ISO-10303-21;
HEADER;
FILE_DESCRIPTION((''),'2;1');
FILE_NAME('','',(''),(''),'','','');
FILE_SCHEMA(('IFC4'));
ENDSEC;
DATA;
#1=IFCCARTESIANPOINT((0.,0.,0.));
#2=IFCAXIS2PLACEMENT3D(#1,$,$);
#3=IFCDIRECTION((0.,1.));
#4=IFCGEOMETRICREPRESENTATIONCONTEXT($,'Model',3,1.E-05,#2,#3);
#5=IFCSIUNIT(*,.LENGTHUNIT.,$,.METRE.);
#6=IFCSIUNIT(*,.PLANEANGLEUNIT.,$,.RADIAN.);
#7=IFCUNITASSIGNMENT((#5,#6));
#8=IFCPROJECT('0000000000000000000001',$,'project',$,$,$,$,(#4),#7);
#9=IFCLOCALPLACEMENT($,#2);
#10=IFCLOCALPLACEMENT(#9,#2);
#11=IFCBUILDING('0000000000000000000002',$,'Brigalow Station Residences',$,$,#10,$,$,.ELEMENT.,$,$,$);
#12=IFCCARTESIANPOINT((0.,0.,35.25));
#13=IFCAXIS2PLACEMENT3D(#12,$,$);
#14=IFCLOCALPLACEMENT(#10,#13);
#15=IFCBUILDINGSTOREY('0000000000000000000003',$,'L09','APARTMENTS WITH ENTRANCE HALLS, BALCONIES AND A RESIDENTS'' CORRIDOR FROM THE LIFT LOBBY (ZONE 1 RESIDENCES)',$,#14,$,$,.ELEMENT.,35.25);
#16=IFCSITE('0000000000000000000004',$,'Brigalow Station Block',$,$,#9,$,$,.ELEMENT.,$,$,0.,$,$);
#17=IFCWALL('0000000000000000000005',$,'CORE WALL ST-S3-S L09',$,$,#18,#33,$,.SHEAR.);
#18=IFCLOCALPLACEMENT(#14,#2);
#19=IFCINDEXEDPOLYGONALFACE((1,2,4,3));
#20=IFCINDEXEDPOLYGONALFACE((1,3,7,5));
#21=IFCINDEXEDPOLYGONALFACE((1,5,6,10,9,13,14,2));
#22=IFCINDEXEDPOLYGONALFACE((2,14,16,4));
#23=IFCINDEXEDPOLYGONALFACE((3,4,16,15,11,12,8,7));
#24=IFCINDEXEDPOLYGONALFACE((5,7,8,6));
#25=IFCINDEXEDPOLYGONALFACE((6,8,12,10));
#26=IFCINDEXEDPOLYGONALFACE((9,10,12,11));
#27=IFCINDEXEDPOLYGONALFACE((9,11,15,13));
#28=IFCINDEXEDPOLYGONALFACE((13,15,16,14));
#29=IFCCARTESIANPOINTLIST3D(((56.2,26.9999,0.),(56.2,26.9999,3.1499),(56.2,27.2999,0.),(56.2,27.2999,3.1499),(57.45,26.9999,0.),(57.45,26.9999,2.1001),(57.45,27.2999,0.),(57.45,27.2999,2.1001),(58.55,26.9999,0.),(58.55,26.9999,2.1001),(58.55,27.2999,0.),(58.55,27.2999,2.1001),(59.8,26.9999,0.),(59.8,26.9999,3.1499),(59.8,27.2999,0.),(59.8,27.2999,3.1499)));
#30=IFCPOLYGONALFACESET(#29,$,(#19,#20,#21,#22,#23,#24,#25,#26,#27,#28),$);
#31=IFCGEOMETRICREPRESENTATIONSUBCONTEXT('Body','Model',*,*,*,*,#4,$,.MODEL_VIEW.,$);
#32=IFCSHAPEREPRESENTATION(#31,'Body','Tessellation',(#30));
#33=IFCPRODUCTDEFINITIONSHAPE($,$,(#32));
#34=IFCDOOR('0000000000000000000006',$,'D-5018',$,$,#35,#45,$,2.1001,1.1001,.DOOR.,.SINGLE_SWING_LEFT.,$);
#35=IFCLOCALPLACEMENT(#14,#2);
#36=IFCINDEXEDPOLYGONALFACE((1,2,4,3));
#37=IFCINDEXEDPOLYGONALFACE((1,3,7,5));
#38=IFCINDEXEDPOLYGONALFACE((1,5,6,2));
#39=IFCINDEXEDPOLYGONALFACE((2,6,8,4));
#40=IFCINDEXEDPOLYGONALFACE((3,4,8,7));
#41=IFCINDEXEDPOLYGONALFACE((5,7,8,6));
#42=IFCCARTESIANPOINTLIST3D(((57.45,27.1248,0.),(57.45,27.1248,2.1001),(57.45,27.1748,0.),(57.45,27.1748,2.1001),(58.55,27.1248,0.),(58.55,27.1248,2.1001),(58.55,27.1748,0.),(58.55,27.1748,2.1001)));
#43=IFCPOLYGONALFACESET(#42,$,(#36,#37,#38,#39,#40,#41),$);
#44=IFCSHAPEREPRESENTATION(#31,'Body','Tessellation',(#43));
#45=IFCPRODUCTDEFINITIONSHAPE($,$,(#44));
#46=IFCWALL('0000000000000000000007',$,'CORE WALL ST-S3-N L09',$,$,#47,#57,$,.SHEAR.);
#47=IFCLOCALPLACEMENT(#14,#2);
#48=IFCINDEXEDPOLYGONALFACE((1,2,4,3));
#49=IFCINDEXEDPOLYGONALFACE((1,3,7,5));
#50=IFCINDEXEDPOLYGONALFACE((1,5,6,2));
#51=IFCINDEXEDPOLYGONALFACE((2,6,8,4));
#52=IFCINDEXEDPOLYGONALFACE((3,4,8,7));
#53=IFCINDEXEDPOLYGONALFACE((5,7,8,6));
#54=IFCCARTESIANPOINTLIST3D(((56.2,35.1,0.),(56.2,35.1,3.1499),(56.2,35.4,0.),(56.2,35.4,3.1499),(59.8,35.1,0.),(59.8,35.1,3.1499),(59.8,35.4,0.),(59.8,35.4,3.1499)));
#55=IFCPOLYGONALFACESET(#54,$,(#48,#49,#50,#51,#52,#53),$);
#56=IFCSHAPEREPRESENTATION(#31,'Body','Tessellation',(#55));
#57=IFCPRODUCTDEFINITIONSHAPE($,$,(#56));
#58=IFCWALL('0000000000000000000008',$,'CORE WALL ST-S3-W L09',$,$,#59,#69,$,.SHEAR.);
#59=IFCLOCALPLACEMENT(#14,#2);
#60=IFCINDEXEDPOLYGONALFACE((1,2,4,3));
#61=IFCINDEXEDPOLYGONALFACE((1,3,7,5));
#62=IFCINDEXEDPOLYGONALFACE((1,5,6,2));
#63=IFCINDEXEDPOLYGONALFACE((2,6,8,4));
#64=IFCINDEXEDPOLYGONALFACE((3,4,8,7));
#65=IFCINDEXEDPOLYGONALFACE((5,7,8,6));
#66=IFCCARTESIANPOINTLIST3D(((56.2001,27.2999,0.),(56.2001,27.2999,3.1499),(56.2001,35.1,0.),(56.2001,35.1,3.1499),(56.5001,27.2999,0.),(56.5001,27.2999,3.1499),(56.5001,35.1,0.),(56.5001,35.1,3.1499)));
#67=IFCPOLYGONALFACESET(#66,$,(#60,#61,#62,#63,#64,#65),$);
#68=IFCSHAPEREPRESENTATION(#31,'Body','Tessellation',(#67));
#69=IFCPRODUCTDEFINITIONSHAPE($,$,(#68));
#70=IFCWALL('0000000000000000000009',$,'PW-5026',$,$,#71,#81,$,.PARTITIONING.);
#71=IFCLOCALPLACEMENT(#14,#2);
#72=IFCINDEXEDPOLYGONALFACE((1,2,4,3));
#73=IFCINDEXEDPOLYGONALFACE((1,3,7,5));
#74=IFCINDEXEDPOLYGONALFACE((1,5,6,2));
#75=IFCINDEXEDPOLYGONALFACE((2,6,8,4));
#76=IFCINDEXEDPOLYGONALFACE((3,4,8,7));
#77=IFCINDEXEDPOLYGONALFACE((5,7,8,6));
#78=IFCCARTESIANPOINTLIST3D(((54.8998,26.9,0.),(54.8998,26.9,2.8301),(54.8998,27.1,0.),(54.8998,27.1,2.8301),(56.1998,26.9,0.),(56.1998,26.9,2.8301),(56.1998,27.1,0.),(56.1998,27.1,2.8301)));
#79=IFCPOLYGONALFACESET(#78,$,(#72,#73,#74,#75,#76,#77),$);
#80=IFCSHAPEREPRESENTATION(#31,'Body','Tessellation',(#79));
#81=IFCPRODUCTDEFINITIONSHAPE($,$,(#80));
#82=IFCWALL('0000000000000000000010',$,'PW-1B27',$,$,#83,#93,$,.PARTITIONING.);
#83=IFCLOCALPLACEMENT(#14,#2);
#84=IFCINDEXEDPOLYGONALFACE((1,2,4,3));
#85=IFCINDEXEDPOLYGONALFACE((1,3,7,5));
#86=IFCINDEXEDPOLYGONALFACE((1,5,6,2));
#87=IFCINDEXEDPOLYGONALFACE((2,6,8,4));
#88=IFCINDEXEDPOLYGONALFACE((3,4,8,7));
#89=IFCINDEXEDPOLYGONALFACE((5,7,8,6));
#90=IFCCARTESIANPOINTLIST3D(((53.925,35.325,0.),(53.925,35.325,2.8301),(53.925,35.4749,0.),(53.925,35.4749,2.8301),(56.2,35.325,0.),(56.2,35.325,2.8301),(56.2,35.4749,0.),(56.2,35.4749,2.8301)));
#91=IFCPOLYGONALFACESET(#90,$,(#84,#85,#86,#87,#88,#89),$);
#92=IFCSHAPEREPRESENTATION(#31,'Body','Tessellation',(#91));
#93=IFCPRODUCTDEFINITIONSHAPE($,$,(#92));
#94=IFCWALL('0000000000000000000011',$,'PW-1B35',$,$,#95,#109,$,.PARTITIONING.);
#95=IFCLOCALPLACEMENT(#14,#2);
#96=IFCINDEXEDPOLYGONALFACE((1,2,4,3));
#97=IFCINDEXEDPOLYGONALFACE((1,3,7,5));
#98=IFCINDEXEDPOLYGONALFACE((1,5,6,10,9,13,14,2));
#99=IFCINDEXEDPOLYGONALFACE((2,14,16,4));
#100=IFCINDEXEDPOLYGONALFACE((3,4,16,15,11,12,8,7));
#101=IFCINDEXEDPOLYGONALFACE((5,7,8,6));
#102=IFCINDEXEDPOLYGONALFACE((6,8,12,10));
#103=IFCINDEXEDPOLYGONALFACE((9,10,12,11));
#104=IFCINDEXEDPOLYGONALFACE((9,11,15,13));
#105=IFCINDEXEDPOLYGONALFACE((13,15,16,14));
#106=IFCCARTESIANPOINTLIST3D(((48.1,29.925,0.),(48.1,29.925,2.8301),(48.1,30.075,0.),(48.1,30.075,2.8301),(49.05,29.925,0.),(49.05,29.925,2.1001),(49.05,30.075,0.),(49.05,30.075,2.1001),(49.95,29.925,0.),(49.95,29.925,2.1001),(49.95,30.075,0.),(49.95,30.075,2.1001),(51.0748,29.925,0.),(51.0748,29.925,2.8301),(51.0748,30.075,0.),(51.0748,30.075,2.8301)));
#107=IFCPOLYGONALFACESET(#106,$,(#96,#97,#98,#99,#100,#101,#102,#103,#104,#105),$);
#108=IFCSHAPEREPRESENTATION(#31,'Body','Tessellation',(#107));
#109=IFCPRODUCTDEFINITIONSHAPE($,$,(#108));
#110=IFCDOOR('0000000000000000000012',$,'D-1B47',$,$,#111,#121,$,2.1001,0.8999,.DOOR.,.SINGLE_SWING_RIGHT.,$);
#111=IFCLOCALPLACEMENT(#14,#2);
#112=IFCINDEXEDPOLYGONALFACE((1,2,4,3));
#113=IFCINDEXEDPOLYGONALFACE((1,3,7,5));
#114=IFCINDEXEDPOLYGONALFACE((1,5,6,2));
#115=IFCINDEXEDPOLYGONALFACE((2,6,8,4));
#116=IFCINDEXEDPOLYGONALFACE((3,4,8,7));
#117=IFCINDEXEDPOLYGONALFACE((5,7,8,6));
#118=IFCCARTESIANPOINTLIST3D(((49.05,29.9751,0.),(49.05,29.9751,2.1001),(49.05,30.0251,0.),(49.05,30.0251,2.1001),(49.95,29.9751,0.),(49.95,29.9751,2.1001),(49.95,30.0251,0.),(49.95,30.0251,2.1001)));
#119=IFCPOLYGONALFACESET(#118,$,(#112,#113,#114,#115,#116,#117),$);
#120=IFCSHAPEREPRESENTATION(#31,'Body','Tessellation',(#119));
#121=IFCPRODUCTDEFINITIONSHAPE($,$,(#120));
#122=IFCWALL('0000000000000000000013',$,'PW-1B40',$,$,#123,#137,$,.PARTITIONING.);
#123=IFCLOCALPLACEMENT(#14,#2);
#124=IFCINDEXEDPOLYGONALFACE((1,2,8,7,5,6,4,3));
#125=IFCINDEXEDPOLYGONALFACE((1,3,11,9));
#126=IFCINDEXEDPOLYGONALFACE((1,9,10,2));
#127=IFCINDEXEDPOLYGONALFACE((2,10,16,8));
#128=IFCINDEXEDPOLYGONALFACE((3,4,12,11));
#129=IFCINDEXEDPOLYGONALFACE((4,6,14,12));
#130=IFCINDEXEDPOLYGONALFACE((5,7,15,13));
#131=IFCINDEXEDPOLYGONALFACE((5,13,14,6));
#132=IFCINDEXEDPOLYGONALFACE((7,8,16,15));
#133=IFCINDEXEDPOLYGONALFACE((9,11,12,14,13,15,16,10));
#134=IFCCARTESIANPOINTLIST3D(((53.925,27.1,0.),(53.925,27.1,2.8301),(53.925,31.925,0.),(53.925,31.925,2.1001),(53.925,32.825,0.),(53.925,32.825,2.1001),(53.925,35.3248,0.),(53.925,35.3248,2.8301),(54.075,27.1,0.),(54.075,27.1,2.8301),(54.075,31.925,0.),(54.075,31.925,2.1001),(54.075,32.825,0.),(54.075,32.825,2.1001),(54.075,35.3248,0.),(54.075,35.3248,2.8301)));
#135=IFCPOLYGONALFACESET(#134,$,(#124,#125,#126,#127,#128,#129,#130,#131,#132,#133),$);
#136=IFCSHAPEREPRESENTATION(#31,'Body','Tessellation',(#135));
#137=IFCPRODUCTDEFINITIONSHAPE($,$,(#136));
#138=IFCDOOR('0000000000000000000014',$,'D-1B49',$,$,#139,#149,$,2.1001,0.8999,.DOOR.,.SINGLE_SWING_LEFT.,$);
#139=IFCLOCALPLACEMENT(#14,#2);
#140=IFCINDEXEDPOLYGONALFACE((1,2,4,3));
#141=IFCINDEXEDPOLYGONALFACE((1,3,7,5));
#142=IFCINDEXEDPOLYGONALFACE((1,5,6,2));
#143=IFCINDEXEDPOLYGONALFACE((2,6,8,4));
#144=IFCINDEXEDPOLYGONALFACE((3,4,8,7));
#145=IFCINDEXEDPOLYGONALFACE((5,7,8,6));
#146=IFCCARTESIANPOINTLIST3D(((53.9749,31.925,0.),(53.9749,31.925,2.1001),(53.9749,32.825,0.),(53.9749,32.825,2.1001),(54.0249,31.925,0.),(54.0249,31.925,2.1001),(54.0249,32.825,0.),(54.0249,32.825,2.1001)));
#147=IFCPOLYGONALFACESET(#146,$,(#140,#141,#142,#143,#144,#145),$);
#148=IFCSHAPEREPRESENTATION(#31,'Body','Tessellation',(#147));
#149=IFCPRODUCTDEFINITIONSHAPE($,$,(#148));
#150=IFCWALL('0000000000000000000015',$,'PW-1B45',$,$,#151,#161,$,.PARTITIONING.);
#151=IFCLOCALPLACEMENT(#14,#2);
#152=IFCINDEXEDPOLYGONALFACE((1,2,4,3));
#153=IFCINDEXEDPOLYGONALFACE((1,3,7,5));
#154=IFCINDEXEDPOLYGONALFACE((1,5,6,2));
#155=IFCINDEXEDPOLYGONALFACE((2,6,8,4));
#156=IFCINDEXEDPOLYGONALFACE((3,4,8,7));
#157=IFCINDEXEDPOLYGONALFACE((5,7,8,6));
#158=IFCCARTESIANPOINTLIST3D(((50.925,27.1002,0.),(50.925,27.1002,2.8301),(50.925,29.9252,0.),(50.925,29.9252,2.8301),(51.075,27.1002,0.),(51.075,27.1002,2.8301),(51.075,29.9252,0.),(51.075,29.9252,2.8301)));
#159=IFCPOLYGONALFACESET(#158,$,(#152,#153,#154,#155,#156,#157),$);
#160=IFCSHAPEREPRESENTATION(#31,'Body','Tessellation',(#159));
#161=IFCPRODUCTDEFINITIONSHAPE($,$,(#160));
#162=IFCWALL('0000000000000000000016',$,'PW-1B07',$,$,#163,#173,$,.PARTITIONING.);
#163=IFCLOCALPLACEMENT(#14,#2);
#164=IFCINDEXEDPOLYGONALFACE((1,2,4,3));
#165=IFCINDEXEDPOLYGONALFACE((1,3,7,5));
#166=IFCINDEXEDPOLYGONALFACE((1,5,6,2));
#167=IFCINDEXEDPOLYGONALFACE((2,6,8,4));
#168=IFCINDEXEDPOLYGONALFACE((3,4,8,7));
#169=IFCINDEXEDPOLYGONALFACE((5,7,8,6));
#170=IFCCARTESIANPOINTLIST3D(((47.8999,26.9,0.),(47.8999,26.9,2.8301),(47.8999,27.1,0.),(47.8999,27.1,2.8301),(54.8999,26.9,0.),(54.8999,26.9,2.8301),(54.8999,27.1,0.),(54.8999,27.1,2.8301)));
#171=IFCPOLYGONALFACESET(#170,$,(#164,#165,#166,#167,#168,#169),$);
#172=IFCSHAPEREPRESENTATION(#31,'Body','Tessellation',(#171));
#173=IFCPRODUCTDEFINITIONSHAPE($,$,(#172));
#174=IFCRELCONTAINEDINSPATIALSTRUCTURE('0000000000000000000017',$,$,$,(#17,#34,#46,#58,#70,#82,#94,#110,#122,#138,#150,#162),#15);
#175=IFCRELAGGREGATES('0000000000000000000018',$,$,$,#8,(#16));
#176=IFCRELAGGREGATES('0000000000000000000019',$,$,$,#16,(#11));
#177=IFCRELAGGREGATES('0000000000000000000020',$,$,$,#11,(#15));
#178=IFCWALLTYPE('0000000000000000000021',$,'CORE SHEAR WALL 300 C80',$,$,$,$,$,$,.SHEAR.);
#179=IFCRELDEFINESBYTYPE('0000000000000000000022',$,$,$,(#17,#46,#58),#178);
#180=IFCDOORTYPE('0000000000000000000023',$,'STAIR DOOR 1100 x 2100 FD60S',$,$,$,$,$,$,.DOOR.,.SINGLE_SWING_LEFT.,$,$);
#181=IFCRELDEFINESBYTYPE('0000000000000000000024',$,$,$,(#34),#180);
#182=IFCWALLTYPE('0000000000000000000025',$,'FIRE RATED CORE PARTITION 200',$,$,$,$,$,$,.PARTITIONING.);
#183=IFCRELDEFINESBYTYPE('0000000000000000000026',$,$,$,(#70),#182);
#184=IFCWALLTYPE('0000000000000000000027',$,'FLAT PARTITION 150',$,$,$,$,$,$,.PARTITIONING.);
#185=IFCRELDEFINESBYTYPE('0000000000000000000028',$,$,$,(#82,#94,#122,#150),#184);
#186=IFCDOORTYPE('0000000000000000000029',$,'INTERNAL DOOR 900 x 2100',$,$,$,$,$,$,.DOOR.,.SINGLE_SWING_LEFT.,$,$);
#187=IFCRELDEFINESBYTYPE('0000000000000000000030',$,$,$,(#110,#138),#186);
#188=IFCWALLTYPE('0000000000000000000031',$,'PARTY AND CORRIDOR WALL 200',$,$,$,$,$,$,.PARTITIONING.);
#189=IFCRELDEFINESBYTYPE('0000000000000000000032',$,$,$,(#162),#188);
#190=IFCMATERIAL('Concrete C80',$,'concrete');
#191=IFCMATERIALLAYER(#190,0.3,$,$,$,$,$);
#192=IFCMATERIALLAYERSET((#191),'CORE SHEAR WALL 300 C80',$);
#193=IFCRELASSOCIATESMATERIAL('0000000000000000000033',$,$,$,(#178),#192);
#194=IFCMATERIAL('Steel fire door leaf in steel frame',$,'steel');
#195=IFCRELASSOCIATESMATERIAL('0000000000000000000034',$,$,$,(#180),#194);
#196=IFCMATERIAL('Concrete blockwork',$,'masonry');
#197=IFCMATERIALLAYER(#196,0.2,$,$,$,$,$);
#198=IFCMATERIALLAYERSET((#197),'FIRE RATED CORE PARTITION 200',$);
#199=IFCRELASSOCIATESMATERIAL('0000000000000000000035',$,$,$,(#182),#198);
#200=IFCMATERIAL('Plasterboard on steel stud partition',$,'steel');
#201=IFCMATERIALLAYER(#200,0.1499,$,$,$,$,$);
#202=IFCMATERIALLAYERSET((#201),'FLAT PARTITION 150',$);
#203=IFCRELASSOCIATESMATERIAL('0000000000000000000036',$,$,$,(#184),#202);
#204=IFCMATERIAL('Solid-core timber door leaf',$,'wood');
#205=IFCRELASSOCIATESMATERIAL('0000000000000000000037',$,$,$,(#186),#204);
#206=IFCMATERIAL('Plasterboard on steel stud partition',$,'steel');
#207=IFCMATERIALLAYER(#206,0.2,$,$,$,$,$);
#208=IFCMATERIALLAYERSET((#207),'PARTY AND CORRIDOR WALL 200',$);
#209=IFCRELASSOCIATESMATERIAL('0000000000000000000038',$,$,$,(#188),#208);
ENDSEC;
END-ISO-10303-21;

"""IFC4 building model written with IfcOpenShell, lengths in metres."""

from ifc_helpers import new_model, si_unit, direction, frame, frame_2d, origin, place, context, subcontext, project, spatial, rectangle, extrude, material, layer, layer_set, type_object, element, fill, save


model = new_model("IFC4")

# Units and contexts
model_context = context("Model", 3, precision=1e-05, world=origin(), true_north=direction((0.0, 1.0)))
body_context = subcontext(model_context, "Body", "Model", "MODEL_VIEW")
ifc_project = project(units=[si_unit("LENGTHUNIT", "METRE"), si_unit("PLANEANGLEUNIT", "RADIAN")], contexts=[model_context])

# Site, building, storey
site_placement = place(None, origin())
site = spatial("IfcSite", under=ifc_project, at=site_placement, Name="Brigalow Station Block", CompositionType="ELEMENT", RefElevation=0.0)
building_placement = place(site_placement, origin())
building = spatial("IfcBuilding", under=site, at=building_placement, Name="Brigalow Station Residences", CompositionType="ELEMENT")
storey_placement = place(building_placement, frame((0.0, 0.0, 35.25)))
storey = spatial("IfcBuildingStorey", under=building, at=storey_placement, Name="L09", Description="APARTMENTS WITH ENTRANCE HALLS, BALCONIES AND A RESIDENTS' CORRIDOR FROM THE LIFT LOBBY (ZONE 1 RESIDENCES)", CompositionType="ELEMENT", Elevation=35.25)

# Wall, opening, door
ifc_material_1 = material(Name="Concrete C80", Category="concrete")
ifc_layer_1 = layer(ifc_material_1, 0.3)
ifc_layer_set_1 = layer_set([ifc_layer_1], Name="CORE SHEAR WALL 300 C80")
wall_type_1 = type_object("IfcWallType", Name="CORE SHEAR WALL 300 C80", PredefinedType="SHEAR", material=ifc_layer_set_1)
wall_1_placement = place(storey_placement, frame((56.2, 27.1499, 0.0), z_axis=(0.0, 0.0, 1.0), x_axis=(1.0, 0.0, 0.0)))
wall_1 = element("IfcWall", 1, at=wall_1_placement, inside=storey, type_object=wall_type_1, Name="CORE WALL ST-S3-S L09", PredefinedType="SHEAR", context=body_context, shape_type="SweptSolid", body=[
    extrude(rectangle(XDim=3.6001, YDim=0.3, at=frame_2d((1.8, 0.0))), origin(), (0.0, 0.0, 1.0), 3.1499),
])
opening_1_placement = place(wall_1_placement, frame((1.25, 0.0, 0.0)))
opening_1 = element("IfcOpeningElement", 2, at=opening_1_placement, cuts=wall_1, PredefinedType="OPENING", context=body_context, shape_type="SweptSolid", body=[
    extrude(rectangle(XDim=1.1001, YDim=2.1001, at=frame_2d((0.55, 1.05))), frame((0.0, 0.1602, 0.0), z_axis=(0.0, -1.0, 0.0), x_axis=(1.0, 0.0, 0.0)), (0.0, 0.0, 1.0), 0.3201),
])
ifc_material_2 = material(Name="Steel fire door leaf in steel frame", Category="steel")
door_type_1 = type_object("IfcDoorType", Name="STAIR DOOR 1100 x 2100 FD60S", OperationType="SINGLE_SWING_LEFT", PredefinedType="DOOR", material=ifc_material_2)
door_1_placement = place(opening_1_placement, origin())
door_1 = element("IfcDoor", 3, at=door_1_placement, inside=storey, type_object=door_type_1, Name="D-5018", OperationType="SINGLE_SWING_LEFT", OverallHeight=2.1001, OverallWidth=1.1001, PredefinedType="DOOR", context=body_context, shape_type="SweptSolid", body=[
    extrude(rectangle(XDim=1.1001, YDim=2.1001, at=frame_2d((0.55, 1.05))), frame((0.0, 0.0249, 0.0), z_axis=(0.0, -1.0, 0.0), x_axis=(1.0, 0.0, 0.0)), (0.0, 0.0, 1.0), 0.05),
])
fill(opening_1, door_1)

# Walls
wall_2_placement = place(storey_placement, frame((56.2, 35.25, 0.0), z_axis=(0.0, 0.0, 1.0), x_axis=(1.0, 0.0, 0.0)))
element("IfcWall", 4, at=wall_2_placement, inside=storey, type_object=wall_type_1, Name="CORE WALL ST-S3-N L09", PredefinedType="SHEAR", context=body_context, shape_type="SweptSolid", body=[
    extrude(rectangle(XDim=3.6001, YDim=0.3, at=frame_2d((1.8, 0.0))), origin(), (0.0, 0.0, 1.0), 3.1499),
])
wall_3_placement = place(storey_placement, frame((56.3501, 27.3, 0.0), z_axis=(0.0, 0.0, 1.0), x_axis=(0.0, 1.0, 0.0)))
element("IfcWall", 5, at=wall_3_placement, inside=storey, type_object=wall_type_1, Name="CORE WALL ST-S3-W L09", PredefinedType="SHEAR", context=body_context, shape_type="SweptSolid", body=[
    extrude(rectangle(XDim=7.8, YDim=0.3, at=frame_2d((3.8999, 0.0))), origin(), (0.0, 0.0, 1.0), 3.1499),
])
ifc_material_3 = material(Name="Concrete blockwork", Category="masonry")
ifc_layer_2 = layer(ifc_material_3, 0.2)
ifc_layer_set_2 = layer_set([ifc_layer_2], Name="FIRE RATED CORE PARTITION 200")
wall_type_2 = type_object("IfcWallType", Name="FIRE RATED CORE PARTITION 200", PredefinedType="PARTITIONING", material=ifc_layer_set_2)
wall_4_placement = place(storey_placement, frame((54.8999, 27.0, 0.0), z_axis=(0.0, 0.0, 1.0), x_axis=(1.0, 0.0, 0.0)))
element("IfcWall", 6, at=wall_4_placement, inside=storey, type_object=wall_type_2, Name="PW-5026", PredefinedType="PARTITIONING", context=body_context, shape_type="SweptSolid", body=[
    extrude(rectangle(XDim=1.3, YDim=0.2, at=frame_2d((0.6499, 0.0))), origin(), (0.0, 0.0, 1.0), 2.8301),
])
ifc_material_4 = material(Name="Plasterboard on steel stud partition", Category="steel")
ifc_layer_3 = layer(ifc_material_4, 0.1499)
ifc_layer_set_3 = layer_set([ifc_layer_3], Name="FLAT PARTITION 150")
wall_type_3 = type_object("IfcWallType", Name="FLAT PARTITION 150", PredefinedType="PARTITIONING", material=ifc_layer_set_3)
wall_5_placement = place(storey_placement, frame((53.925, 35.3999, 0.0), z_axis=(0.0, 0.0, 1.0), x_axis=(1.0, 0.0, 0.0)))
element("IfcWall", 7, at=wall_5_placement, inside=storey, type_object=wall_type_3, Name="PW-1B27", PredefinedType="PARTITIONING", context=body_context, shape_type="SweptSolid", body=[
    extrude(rectangle(XDim=2.2749, YDim=0.1499, at=frame_2d((1.1375, 0.0))), origin(), (0.0, 0.0, 1.0), 2.8301),
])

# Walls, openings, doors
wall_6_placement = place(storey_placement, frame((48.1001, 30.0, 0.0), z_axis=(0.0, 0.0, 1.0), x_axis=(1.0, 0.0, 0.0)))
wall_6 = element("IfcWall", 8, at=wall_6_placement, inside=storey, type_object=wall_type_3, Name="PW-1B35", PredefinedType="PARTITIONING", context=body_context, shape_type="SweptSolid", body=[
    extrude(rectangle(XDim=2.9749, YDim=0.1499, at=frame_2d((1.4873, 0.0))), origin(), (0.0, 0.0, 1.0), 2.8301),
])
opening_2_placement = place(wall_6_placement, frame((0.95, 0.0, 0.0)))
opening_2 = element("IfcOpeningElement", 9, at=opening_2_placement, cuts=wall_6, PredefinedType="OPENING", context=body_context, shape_type="SweptSolid", body=[
    extrude(rectangle(XDim=0.8999, YDim=2.1001, at=frame_2d((0.45, 1.05))), frame((0.0, 0.085, 0.0), z_axis=(0.0, -1.0, 0.0), x_axis=(1.0, 0.0, 0.0)), (0.0, 0.0, 1.0), 0.1699),
])
ifc_material_5 = material(Name="Solid-core timber door leaf", Category="wood")
door_type_2 = type_object("IfcDoorType", Name="INTERNAL DOOR 900 x 2100", OperationType="SINGLE_SWING_LEFT", PredefinedType="DOOR", material=ifc_material_5)
door_2_placement = place(opening_2_placement, frame((0.8999, 0.0, 0.0), z_axis=(0.0, 0.0, 1.0), x_axis=(-1.0, 0.0, 0.0)))
door_2 = element("IfcDoor", 10, at=door_2_placement, inside=storey, type_object=door_type_2, Name="D-1B47", OperationType="SINGLE_SWING_RIGHT", OverallHeight=2.1001, OverallWidth=0.8999, PredefinedType="DOOR", context=body_context, shape_type="SweptSolid", body=[
    extrude(rectangle(XDim=0.8999, YDim=2.1001, at=frame_2d((0.45, 1.05))), frame((0.0, 0.0249, 0.0), z_axis=(0.0, -1.0, 0.0), x_axis=(1.0, 0.0, 0.0)), (0.0, 0.0, 1.0), 0.05),
])
fill(opening_2, door_2)
wall_7_placement = place(storey_placement, frame((54.0, 27.1001, 0.0), z_axis=(0.0, 0.0, 1.0), x_axis=(0.0, 1.0, 0.0)))
wall_7 = element("IfcWall", 11, at=wall_7_placement, inside=storey, type_object=wall_type_3, Name="PW-1B40", PredefinedType="PARTITIONING", context=body_context, shape_type="SweptSolid", body=[
    extrude(rectangle(XDim=8.2249, YDim=0.1499, at=frame_2d((4.1123, 0.0))), origin(), (0.0, 0.0, 1.0), 2.8301),
])
opening_3_placement = place(wall_7_placement, frame((4.825, 0.0, 0.0)))
opening_3 = element("IfcOpeningElement", 12, at=opening_3_placement, cuts=wall_7, PredefinedType="OPENING", context=body_context, shape_type="SweptSolid", body=[
    extrude(rectangle(XDim=0.8999, YDim=2.1001, at=frame_2d((0.45, 1.05))), frame((0.0, 0.085, 0.0), z_axis=(0.0, -1.0, 0.0), x_axis=(1.0, 0.0, 0.0)), (0.0, 0.0, 1.0), 0.1699),
])
door_3_placement = place(opening_3_placement, frame((0.8999, 0.0, 0.0), z_axis=(0.0, 0.0, 1.0), x_axis=(-1.0, 0.0, 0.0)))
door_3 = element("IfcDoor", 13, at=door_3_placement, inside=storey, type_object=door_type_2, Name="D-1B49", OperationType="SINGLE_SWING_LEFT", OverallHeight=2.1001, OverallWidth=0.8999, PredefinedType="DOOR", context=body_context, shape_type="SweptSolid", body=[
    extrude(rectangle(XDim=0.8999, YDim=2.1001, at=frame_2d((0.45, 1.05))), frame((0.0, 0.0249, 0.0), z_axis=(0.0, -1.0, 0.0), x_axis=(1.0, 0.0, 0.0)), (0.0, 0.0, 1.0), 0.05),
])
fill(opening_3, door_3)

# Walls
wall_8_placement = place(storey_placement, frame((51.0, 27.1001, 0.0), z_axis=(0.0, 0.0, 1.0), x_axis=(0.0, 1.0, 0.0)))
element("IfcWall", 14, at=wall_8_placement, inside=storey, type_object=wall_type_3, Name="PW-1B45", PredefinedType="PARTITIONING", context=body_context, shape_type="SweptSolid", body=[
    extrude(rectangle(XDim=2.825, YDim=0.1499, at=frame_2d((1.4126, 0.0))), origin(), (0.0, 0.0, 1.0), 2.8301),
])
ifc_material_6 = material(Name="Plasterboard on steel stud partition", Category="steel")
ifc_layer_4 = layer(ifc_material_6, 0.2)
ifc_layer_set_4 = layer_set([ifc_layer_4], Name="PARTY AND CORRIDOR WALL 200")
wall_type_4 = type_object("IfcWallType", Name="PARTY AND CORRIDOR WALL 200", PredefinedType="PARTITIONING", material=ifc_layer_set_4)
wall_9_placement = place(storey_placement, frame((47.8999, 27.0, 0.0), z_axis=(0.0, 0.0, 1.0), x_axis=(1.0, 0.0, 0.0)))
element("IfcWall", 15, at=wall_9_placement, inside=storey, type_object=wall_type_4, Name="PW-1B07", PredefinedType="PARTITIONING", context=body_context, shape_type="SweptSolid", body=[
    extrude(rectangle(XDim=7.0, YDim=0.2, at=frame_2d((3.5, 0.0))), origin(), (0.0, 0.0, 1.0), 2.8301),
])

save(model, "model.ifc")
